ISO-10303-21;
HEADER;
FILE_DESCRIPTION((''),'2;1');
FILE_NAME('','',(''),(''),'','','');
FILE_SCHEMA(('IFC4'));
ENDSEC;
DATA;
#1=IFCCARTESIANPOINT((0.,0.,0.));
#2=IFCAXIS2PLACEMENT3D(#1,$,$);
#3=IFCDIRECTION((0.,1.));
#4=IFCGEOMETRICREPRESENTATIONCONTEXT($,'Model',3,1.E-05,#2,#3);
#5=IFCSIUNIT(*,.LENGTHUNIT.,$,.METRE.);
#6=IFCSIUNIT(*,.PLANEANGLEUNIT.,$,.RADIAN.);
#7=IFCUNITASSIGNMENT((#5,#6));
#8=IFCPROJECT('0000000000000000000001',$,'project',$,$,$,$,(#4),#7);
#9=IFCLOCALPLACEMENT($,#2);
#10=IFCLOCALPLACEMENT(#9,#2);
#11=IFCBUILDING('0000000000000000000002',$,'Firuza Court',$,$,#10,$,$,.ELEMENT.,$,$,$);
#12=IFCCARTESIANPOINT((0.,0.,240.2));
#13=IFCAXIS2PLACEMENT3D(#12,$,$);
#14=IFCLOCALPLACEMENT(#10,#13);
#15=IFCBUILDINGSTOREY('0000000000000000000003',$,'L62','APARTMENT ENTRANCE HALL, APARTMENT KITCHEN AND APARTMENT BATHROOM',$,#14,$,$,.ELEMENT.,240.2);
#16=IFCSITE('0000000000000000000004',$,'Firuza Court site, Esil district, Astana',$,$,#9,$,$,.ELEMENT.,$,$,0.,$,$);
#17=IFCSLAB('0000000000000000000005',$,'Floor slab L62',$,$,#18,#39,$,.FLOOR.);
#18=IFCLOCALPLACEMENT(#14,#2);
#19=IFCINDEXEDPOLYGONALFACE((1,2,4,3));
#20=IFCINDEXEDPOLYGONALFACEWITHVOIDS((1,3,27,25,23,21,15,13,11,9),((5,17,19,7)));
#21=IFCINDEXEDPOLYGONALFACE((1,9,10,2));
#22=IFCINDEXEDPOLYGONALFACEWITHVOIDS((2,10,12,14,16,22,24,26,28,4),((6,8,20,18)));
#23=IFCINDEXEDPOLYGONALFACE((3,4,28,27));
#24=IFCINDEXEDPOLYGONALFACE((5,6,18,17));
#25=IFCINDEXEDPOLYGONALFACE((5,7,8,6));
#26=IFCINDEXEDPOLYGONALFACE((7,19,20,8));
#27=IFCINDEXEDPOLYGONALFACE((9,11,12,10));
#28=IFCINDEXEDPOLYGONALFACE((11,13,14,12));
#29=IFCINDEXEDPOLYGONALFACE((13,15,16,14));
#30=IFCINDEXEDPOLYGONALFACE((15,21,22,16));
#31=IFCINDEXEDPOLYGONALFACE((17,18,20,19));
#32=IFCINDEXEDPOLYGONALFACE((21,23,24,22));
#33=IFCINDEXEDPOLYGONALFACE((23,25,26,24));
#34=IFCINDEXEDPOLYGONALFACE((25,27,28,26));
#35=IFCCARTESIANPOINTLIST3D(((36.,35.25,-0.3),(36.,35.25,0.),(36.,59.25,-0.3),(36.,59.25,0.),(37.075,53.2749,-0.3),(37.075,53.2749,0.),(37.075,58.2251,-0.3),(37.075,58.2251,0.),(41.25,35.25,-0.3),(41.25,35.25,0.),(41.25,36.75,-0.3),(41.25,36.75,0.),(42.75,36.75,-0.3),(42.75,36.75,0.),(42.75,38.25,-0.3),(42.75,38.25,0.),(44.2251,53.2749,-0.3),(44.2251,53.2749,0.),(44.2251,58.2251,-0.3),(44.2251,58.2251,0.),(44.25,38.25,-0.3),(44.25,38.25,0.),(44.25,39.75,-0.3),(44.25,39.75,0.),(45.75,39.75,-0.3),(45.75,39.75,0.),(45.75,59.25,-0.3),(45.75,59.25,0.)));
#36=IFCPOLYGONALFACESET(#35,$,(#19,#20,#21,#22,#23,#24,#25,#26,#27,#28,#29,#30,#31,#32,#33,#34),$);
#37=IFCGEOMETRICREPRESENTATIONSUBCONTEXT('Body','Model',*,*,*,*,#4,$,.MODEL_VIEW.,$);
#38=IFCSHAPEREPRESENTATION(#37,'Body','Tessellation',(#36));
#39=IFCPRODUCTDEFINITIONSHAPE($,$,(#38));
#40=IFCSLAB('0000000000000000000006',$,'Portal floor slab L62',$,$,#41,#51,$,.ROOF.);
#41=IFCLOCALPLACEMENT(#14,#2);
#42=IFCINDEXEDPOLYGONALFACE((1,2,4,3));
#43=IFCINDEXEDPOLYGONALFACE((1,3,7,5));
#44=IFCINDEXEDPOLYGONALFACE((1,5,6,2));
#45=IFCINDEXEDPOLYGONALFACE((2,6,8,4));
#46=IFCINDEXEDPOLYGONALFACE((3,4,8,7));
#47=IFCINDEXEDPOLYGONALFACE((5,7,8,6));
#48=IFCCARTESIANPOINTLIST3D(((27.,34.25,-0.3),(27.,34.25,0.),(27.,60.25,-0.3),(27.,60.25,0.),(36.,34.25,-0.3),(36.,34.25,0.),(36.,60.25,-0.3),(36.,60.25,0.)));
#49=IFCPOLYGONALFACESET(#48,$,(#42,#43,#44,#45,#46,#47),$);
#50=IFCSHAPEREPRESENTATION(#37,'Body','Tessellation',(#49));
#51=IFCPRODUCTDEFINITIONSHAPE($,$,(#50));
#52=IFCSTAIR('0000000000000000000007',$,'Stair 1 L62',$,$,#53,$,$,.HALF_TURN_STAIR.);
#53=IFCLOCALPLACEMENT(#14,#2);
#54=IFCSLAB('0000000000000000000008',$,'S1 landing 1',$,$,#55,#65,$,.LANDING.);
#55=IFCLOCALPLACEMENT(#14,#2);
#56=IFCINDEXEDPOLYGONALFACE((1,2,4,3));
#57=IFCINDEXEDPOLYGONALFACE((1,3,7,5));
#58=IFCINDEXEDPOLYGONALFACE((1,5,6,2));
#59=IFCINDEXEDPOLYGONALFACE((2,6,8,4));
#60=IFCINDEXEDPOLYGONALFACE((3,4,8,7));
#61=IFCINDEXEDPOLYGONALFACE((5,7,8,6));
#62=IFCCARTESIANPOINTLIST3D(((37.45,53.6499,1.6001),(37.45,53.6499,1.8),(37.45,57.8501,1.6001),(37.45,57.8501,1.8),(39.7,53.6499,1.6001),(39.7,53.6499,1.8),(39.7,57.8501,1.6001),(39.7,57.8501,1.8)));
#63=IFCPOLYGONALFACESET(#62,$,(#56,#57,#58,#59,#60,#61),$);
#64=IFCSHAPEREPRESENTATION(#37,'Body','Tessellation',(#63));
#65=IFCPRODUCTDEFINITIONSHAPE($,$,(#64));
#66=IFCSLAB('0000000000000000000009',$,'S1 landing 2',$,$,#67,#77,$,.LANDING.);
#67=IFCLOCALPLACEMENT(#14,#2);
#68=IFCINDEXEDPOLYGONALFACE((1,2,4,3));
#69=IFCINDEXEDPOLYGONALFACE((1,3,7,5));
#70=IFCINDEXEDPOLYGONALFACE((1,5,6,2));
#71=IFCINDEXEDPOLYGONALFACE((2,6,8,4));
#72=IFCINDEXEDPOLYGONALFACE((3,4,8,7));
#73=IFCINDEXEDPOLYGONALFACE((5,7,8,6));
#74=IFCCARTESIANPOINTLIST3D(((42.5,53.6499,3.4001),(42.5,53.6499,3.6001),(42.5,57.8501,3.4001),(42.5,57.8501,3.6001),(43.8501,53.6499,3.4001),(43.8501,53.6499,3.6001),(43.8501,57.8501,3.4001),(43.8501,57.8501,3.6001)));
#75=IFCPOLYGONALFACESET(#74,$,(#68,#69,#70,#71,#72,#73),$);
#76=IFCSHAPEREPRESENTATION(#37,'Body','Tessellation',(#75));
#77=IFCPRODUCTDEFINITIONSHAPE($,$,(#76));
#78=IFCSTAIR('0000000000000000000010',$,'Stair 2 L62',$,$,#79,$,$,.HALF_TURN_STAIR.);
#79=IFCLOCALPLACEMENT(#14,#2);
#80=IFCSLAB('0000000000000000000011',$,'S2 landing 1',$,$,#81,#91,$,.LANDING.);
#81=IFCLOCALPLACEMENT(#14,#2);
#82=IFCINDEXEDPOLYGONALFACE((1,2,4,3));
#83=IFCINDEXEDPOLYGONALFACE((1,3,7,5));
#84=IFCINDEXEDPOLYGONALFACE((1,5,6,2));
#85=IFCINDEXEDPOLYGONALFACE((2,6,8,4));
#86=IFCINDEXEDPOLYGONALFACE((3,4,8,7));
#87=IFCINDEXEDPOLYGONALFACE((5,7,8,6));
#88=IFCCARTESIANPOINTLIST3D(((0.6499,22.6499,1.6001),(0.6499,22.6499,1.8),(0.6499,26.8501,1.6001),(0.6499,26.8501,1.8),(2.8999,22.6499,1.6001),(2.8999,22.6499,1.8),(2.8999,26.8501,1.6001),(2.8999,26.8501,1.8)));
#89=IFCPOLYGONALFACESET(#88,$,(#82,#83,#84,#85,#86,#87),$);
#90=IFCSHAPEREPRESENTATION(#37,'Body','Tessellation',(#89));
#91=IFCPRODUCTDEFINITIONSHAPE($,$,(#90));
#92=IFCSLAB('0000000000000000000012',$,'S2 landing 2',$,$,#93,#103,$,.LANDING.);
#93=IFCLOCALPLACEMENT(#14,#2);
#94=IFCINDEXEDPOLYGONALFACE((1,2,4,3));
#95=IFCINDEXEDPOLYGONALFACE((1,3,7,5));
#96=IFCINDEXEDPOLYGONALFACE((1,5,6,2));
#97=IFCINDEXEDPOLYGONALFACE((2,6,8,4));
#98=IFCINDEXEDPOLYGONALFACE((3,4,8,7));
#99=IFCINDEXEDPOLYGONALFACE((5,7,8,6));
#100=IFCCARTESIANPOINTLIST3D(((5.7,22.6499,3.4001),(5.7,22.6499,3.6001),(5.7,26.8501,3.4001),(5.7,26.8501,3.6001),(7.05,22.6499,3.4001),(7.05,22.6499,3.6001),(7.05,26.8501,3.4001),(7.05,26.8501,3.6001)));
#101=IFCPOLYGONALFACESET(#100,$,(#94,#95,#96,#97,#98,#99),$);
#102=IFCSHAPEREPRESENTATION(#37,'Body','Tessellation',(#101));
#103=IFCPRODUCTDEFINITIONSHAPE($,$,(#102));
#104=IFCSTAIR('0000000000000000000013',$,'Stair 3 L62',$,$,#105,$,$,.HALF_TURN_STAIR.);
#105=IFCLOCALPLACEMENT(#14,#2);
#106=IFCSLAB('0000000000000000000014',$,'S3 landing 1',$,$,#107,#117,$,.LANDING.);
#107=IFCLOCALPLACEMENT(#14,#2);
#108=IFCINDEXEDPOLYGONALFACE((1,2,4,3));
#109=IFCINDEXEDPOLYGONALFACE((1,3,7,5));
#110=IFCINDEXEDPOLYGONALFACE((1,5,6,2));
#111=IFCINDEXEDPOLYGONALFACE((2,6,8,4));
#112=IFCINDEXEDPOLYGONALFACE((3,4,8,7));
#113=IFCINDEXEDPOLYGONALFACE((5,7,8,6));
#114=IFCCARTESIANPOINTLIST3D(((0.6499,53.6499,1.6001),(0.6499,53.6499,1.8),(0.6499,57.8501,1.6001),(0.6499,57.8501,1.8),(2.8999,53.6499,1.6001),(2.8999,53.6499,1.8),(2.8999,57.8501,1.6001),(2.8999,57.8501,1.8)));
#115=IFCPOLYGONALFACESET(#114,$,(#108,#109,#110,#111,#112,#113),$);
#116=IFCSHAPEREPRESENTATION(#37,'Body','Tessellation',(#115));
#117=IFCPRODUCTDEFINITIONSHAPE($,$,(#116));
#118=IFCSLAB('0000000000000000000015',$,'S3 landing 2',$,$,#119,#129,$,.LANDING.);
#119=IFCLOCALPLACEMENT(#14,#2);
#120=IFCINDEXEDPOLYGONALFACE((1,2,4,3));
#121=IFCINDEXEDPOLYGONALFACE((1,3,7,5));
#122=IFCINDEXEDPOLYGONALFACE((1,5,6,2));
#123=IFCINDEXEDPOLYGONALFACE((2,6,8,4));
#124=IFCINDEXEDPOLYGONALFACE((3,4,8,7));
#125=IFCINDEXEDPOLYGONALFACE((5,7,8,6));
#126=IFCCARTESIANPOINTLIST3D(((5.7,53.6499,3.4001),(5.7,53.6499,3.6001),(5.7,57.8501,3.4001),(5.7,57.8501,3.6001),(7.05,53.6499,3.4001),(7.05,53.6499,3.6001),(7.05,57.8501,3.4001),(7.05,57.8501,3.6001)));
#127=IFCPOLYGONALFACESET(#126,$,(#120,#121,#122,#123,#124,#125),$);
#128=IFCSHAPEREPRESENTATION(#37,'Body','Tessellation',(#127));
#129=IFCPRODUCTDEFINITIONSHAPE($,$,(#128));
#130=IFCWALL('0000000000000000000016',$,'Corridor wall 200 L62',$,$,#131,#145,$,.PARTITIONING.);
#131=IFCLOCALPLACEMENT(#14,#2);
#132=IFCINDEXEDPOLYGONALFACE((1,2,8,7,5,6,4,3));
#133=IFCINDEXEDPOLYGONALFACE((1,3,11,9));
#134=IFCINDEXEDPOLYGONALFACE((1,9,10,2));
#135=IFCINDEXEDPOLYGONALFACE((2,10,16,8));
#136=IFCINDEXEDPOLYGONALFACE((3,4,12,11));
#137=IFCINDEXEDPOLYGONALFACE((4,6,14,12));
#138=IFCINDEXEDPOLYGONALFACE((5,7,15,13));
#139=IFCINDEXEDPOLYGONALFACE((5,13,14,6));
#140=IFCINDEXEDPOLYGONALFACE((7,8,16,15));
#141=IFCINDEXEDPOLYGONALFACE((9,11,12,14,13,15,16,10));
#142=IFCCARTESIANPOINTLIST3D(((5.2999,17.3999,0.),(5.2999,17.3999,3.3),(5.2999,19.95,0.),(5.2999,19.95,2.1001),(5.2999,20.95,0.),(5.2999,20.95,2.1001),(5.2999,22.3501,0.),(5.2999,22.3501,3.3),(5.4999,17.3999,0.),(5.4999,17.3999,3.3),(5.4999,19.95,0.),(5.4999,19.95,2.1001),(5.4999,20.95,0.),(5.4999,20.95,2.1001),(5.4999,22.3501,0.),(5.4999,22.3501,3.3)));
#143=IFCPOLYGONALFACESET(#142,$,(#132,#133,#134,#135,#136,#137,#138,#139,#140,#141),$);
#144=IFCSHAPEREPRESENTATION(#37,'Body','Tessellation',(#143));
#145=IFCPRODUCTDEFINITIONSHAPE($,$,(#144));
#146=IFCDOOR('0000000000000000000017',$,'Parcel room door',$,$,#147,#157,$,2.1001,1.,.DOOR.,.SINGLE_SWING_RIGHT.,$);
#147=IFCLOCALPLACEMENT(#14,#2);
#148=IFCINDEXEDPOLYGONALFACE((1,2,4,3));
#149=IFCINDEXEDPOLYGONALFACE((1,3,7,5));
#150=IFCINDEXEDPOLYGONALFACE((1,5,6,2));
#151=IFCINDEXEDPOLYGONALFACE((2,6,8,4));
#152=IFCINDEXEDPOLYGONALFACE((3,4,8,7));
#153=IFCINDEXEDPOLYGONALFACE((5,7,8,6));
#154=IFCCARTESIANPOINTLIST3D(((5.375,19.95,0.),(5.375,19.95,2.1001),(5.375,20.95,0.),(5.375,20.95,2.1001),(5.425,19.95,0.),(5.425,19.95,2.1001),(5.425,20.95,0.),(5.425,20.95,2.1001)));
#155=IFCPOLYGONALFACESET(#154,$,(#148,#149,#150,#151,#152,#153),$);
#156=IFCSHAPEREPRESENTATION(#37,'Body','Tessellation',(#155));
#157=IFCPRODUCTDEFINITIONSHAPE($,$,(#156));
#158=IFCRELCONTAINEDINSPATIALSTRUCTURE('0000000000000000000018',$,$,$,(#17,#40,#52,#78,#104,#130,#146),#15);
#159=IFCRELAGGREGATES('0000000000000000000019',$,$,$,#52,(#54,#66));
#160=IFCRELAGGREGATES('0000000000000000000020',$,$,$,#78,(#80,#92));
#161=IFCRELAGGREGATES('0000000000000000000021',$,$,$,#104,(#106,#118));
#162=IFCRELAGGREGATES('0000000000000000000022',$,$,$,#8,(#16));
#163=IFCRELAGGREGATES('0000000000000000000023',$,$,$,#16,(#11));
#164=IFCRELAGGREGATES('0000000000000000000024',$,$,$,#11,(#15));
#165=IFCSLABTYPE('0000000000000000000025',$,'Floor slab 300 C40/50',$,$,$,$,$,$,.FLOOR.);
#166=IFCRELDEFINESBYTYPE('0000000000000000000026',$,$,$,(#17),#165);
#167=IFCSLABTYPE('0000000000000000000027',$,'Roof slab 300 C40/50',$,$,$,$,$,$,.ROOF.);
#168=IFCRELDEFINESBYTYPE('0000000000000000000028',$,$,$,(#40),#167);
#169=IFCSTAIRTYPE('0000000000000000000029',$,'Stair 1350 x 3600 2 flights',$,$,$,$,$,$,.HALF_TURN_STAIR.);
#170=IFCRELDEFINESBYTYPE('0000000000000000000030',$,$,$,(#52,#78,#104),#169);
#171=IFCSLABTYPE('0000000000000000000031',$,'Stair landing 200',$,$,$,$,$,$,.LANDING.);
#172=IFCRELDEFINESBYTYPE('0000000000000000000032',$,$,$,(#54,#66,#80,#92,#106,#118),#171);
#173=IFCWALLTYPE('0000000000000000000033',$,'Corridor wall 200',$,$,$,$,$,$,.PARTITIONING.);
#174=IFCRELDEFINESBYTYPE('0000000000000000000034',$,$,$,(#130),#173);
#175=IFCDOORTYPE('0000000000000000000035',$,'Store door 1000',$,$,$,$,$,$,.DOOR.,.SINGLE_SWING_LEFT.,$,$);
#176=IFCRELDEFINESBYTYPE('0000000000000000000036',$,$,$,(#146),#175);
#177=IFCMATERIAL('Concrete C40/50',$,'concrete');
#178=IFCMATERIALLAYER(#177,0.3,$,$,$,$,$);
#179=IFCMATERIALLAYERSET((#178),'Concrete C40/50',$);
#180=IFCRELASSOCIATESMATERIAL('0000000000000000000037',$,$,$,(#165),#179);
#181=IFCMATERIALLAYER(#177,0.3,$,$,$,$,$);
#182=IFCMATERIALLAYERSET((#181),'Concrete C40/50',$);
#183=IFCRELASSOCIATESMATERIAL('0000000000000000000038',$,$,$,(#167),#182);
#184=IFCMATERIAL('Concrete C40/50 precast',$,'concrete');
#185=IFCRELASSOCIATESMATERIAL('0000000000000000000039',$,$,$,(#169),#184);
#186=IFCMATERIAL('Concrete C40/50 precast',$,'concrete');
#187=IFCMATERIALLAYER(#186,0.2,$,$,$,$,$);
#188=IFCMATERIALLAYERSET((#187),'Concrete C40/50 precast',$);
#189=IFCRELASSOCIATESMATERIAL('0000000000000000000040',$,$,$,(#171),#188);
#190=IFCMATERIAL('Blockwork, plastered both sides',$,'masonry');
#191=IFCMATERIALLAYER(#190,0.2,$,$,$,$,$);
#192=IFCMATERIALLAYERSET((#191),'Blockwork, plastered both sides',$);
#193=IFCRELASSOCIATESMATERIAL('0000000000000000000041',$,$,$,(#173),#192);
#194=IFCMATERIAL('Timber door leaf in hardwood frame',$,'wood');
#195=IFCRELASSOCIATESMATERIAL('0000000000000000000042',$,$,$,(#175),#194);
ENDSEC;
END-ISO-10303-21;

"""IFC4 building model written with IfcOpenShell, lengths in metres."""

from ifc_helpers import new_model, si_unit, direction, frame, frame_2d, origin, place, context, subcontext, project, spatial, polyline, rectangle, outline, extrude, material, layer, layer_set, type_object, element, fill, aggregate, save


model = new_model("IFC4")

# Units and contexts
model_context = context("Model", 3, precision=1e-05, world=origin(), true_north=direction((0.0, 1.0)))
body_context = subcontext(model_context, "Body", "Model", "MODEL_VIEW")
ifc_project = project(units=[si_unit("LENGTHUNIT", "METRE"), si_unit("PLANEANGLEUNIT", "RADIAN")], contexts=[model_context])

# Site, building, storey
site_placement = place(None, origin())
site = spatial("IfcSite", under=ifc_project, at=site_placement, Name="Firuza Court site, Esil district, Astana", CompositionType="ELEMENT", RefElevation=0.0)
building_placement = place(site_placement, origin())
building = spatial("IfcBuilding", under=site, at=building_placement, Name="Firuza Court", CompositionType="ELEMENT")
storey_placement = place(building_placement, frame((0.0, 0.0, 240.2)))
storey = spatial("IfcBuildingStorey", under=building, at=storey_placement, Name="L62", Description="APARTMENT ENTRANCE HALL, APARTMENT KITCHEN AND APARTMENT BATHROOM", CompositionType="ELEMENT", Elevation=240.2)

# Slabs
ifc_material_1 = material(Name="Concrete C40/50", Category="concrete")
ifc_layer_1 = layer(ifc_material_1, 0.3)
ifc_layer_set_1 = layer_set([ifc_layer_1], Name="Concrete C40/50")
slab_type_1 = type_object("IfcSlabType", Name="Floor slab 300 C40/50", PredefinedType="FLOOR", material=ifc_layer_set_1)
slab_1_placement = place(storey_placement, frame((0.0, 0.0, -0.3)))
element("IfcSlab", 1, at=slab_1_placement, inside=storey, type_object=slab_type_1, Name="Floor slab L62", PredefinedType="FLOOR", context=body_context, shape_type="SweptSolid", body=[
    extrude(outline(polyline([(45.75, 39.75), (44.25, 39.75), (44.25, 38.25), (42.75, 38.25), (42.75, 36.75), (41.25, 36.75), (41.25, 35.25), (36.0, 35.25), (36.0, 59.25), (45.75, 59.25), (45.75, 39.75)]), holes=[polyline([(44.2251, 58.2251), (37.075, 58.2251), (37.075, 53.2749), (44.2251, 53.2749), (44.2251, 58.2251)])]), origin(), (0.0, 0.0, 1.0), 0.3),
])
ifc_layer_2 = layer(ifc_material_1, 0.3)
ifc_layer_set_2 = layer_set([ifc_layer_2], Name="Concrete C40/50")
slab_type_2 = type_object("IfcSlabType", Name="Roof slab 300 C40/50", PredefinedType="ROOF", material=ifc_layer_set_2)
slab_2_placement = place(storey_placement, frame((0.0, 0.0, -0.3)))
element("IfcSlab", 2, at=slab_2_placement, inside=storey, type_object=slab_type_2, Name="Portal floor slab L62", PredefinedType="ROOF", context=body_context, shape_type="SweptSolid", body=[
    extrude(outline(polyline([(36.0, 34.25), (27.0, 34.25), (27.0, 60.25), (36.0, 60.25), (36.0, 34.25)])), origin(), (0.0, 0.0, 1.0), 0.3),
])

# Stairs, slabs
ifc_material_2 = material(Name="Concrete C40/50 precast", Category="concrete")
stair_type = type_object("IfcStairType", Name="Stair 1350 x 3600 2 flights", PredefinedType="HALF_TURN_STAIR", material=ifc_material_2)
stair_1_placement = place(storey_placement, origin())
stair_1 = element("IfcStair", 3, at=stair_1_placement, inside=storey, type_object=stair_type, Name="Stair 1 L62", PredefinedType="HALF_TURN_STAIR")
ifc_material_3 = material(Name="Concrete C40/50 precast", Category="concrete")
ifc_layer_3 = layer(ifc_material_3, 0.2)
ifc_layer_set_3 = layer_set([ifc_layer_3], Name="Concrete C40/50 precast")
slab_type_3 = type_object("IfcSlabType", Name="Stair landing 200", PredefinedType="LANDING", material=ifc_layer_set_3)
slab_3_placement = place(storey_placement, frame((0.0, 0.0, 1.6001)))
slab_3 = element("IfcSlab", 4, at=slab_3_placement, type_object=slab_type_3, Name="S1 landing 1", PredefinedType="LANDING", context=body_context, shape_type="SweptSolid", body=[
    extrude(outline(polyline([(39.7, 53.6499), (39.7, 57.8501), (37.45, 57.8501), (37.45, 53.6499), (39.7, 53.6499)])), origin(), (0.0, 0.0, 1.0), 0.2),
])
slab_4_placement = place(storey_placement, frame((0.0, 0.0, 3.4001)))
slab_4 = element("IfcSlab", 5, at=slab_4_placement, type_object=slab_type_3, Name="S1 landing 2", PredefinedType="LANDING", context=body_context, shape_type="SweptSolid", body=[
    extrude(outline(polyline([(43.8501, 53.6499), (43.8501, 57.8501), (42.5, 57.8501), (42.5, 53.6499), (43.8501, 53.6499)])), origin(), (0.0, 0.0, 1.0), 0.2),
])
aggregate(stair_1, [slab_3, slab_4])
stair_2_placement = place(storey_placement, origin())
stair_2 = element("IfcStair", 6, at=stair_2_placement, inside=storey, type_object=stair_type, Name="Stair 2 L62", PredefinedType="HALF_TURN_STAIR")
slab_5_placement = place(storey_placement, frame((0.0, 0.0, 1.6001)))
slab_5 = element("IfcSlab", 7, at=slab_5_placement, type_object=slab_type_3, Name="S2 landing 1", PredefinedType="LANDING", context=body_context, shape_type="SweptSolid", body=[
    extrude(outline(polyline([(2.8999, 22.6499), (2.8999, 26.8501), (0.6499, 26.8501), (0.6499, 22.6499), (2.8999, 22.6499)])), origin(), (0.0, 0.0, 1.0), 0.2),
])
slab_6_placement = place(storey_placement, frame((0.0, 0.0, 3.4001)))
slab_6 = element("IfcSlab", 8, at=slab_6_placement, type_object=slab_type_3, Name="S2 landing 2", PredefinedType="LANDING", context=body_context, shape_type="SweptSolid", body=[
    extrude(outline(polyline([(7.05, 22.6499), (7.05, 26.8501), (5.7, 26.8501), (5.7, 22.6499), (7.05, 22.6499)])), origin(), (0.0, 0.0, 1.0), 0.2),
])
aggregate(stair_2, [slab_5, slab_6])
stair_3_placement = place(storey_placement, origin())
stair_3 = element("IfcStair", 9, at=stair_3_placement, inside=storey, type_object=stair_type, Name="Stair 3 L62", PredefinedType="HALF_TURN_STAIR")
slab_7_placement = place(storey_placement, frame((0.0, 0.0, 1.6001)))
slab_7 = element("IfcSlab", 10, at=slab_7_placement, type_object=slab_type_3, Name="S3 landing 1", PredefinedType="LANDING", context=body_context, shape_type="SweptSolid", body=[
    extrude(outline(polyline([(2.8999, 53.6499), (2.8999, 57.8501), (0.6499, 57.8501), (0.6499, 53.6499), (2.8999, 53.6499)])), origin(), (0.0, 0.0, 1.0), 0.2),
])
slab_8_placement = place(storey_placement, frame((0.0, 0.0, 3.4001)))
slab_8 = element("IfcSlab", 11, at=slab_8_placement, type_object=slab_type_3, Name="S3 landing 2", PredefinedType="LANDING", context=body_context, shape_type="SweptSolid", body=[
    extrude(outline(polyline([(7.05, 53.6499), (7.05, 57.8501), (5.7, 57.8501), (5.7, 53.6499), (7.05, 53.6499)])), origin(), (0.0, 0.0, 1.0), 0.2),
])
aggregate(stair_3, [slab_7, slab_8])

# Wall, opening, door
ifc_material_4 = material(Name="Blockwork, plastered both sides", Category="masonry")
ifc_layer_4 = layer(ifc_material_4, 0.2)
ifc_layer_set_4 = layer_set([ifc_layer_4], Name="Blockwork, plastered both sides")
wall_type_1 = type_object("IfcWallType", Name="Corridor wall 200", PredefinedType="PARTITIONING", material=ifc_layer_set_4)
wall_1_placement = place(storey_placement, frame((5.3999, 17.3999, 0.0), z_axis=(0.0, 0.0, 1.0), x_axis=(0.0, 1.0, 0.0)))
wall_1 = element("IfcWall", 12, at=wall_1_placement, inside=storey, type_object=wall_type_1, Name="Corridor wall 200 L62", PredefinedType="PARTITIONING", context=body_context, shape_type="SweptSolid", body=[
    extrude(rectangle(XDim=4.9502, YDim=0.2, at=frame_2d((2.4751, 0.0))), origin(), (0.0, 0.0, 1.0), 3.3),
])
opening_1_placement = place(wall_1_placement, frame((2.55, 0.0, 0.0)))
opening_1 = element("IfcOpeningElement", 13, at=opening_1_placement, cuts=wall_1, PredefinedType="OPENING", context=body_context, shape_type="SweptSolid", body=[
    extrude(rectangle(XDim=1.0, YDim=2.1001, at=frame_2d((0.5, 1.05))), frame((0.0, 0.1118, 0.0), z_axis=(0.0, -1.0, 0.0), x_axis=(1.0, 0.0, 0.0)), (0.0, 0.0, 1.0), 0.2239),
])
ifc_material_5 = material(Name="Timber door leaf in hardwood frame", Category="wood")
door_type_1 = type_object("IfcDoorType", Name="Store door 1000", OperationType="SINGLE_SWING_LEFT", PredefinedType="DOOR", material=ifc_material_5)
door_1_placement = place(opening_1_placement, origin())
door_1 = element("IfcDoor", 14, at=door_1_placement, inside=storey, type_object=door_type_1, Name="Parcel room door", OperationType="SINGLE_SWING_RIGHT", OverallHeight=2.1001, OverallWidth=1.0, PredefinedType="DOOR", context=body_context, shape_type="SweptSolid", body=[
    extrude(rectangle(XDim=1.0, YDim=2.1001, at=frame_2d((0.5, 1.05))), frame((0.0, 0.0249, 0.0), z_axis=(0.0, -1.0, 0.0), x_axis=(1.0, 0.0, 0.0)), (0.0, 0.0, 1.0), 0.05),
])
fill(opening_1, door_1)

save(model, "model.ifc")
